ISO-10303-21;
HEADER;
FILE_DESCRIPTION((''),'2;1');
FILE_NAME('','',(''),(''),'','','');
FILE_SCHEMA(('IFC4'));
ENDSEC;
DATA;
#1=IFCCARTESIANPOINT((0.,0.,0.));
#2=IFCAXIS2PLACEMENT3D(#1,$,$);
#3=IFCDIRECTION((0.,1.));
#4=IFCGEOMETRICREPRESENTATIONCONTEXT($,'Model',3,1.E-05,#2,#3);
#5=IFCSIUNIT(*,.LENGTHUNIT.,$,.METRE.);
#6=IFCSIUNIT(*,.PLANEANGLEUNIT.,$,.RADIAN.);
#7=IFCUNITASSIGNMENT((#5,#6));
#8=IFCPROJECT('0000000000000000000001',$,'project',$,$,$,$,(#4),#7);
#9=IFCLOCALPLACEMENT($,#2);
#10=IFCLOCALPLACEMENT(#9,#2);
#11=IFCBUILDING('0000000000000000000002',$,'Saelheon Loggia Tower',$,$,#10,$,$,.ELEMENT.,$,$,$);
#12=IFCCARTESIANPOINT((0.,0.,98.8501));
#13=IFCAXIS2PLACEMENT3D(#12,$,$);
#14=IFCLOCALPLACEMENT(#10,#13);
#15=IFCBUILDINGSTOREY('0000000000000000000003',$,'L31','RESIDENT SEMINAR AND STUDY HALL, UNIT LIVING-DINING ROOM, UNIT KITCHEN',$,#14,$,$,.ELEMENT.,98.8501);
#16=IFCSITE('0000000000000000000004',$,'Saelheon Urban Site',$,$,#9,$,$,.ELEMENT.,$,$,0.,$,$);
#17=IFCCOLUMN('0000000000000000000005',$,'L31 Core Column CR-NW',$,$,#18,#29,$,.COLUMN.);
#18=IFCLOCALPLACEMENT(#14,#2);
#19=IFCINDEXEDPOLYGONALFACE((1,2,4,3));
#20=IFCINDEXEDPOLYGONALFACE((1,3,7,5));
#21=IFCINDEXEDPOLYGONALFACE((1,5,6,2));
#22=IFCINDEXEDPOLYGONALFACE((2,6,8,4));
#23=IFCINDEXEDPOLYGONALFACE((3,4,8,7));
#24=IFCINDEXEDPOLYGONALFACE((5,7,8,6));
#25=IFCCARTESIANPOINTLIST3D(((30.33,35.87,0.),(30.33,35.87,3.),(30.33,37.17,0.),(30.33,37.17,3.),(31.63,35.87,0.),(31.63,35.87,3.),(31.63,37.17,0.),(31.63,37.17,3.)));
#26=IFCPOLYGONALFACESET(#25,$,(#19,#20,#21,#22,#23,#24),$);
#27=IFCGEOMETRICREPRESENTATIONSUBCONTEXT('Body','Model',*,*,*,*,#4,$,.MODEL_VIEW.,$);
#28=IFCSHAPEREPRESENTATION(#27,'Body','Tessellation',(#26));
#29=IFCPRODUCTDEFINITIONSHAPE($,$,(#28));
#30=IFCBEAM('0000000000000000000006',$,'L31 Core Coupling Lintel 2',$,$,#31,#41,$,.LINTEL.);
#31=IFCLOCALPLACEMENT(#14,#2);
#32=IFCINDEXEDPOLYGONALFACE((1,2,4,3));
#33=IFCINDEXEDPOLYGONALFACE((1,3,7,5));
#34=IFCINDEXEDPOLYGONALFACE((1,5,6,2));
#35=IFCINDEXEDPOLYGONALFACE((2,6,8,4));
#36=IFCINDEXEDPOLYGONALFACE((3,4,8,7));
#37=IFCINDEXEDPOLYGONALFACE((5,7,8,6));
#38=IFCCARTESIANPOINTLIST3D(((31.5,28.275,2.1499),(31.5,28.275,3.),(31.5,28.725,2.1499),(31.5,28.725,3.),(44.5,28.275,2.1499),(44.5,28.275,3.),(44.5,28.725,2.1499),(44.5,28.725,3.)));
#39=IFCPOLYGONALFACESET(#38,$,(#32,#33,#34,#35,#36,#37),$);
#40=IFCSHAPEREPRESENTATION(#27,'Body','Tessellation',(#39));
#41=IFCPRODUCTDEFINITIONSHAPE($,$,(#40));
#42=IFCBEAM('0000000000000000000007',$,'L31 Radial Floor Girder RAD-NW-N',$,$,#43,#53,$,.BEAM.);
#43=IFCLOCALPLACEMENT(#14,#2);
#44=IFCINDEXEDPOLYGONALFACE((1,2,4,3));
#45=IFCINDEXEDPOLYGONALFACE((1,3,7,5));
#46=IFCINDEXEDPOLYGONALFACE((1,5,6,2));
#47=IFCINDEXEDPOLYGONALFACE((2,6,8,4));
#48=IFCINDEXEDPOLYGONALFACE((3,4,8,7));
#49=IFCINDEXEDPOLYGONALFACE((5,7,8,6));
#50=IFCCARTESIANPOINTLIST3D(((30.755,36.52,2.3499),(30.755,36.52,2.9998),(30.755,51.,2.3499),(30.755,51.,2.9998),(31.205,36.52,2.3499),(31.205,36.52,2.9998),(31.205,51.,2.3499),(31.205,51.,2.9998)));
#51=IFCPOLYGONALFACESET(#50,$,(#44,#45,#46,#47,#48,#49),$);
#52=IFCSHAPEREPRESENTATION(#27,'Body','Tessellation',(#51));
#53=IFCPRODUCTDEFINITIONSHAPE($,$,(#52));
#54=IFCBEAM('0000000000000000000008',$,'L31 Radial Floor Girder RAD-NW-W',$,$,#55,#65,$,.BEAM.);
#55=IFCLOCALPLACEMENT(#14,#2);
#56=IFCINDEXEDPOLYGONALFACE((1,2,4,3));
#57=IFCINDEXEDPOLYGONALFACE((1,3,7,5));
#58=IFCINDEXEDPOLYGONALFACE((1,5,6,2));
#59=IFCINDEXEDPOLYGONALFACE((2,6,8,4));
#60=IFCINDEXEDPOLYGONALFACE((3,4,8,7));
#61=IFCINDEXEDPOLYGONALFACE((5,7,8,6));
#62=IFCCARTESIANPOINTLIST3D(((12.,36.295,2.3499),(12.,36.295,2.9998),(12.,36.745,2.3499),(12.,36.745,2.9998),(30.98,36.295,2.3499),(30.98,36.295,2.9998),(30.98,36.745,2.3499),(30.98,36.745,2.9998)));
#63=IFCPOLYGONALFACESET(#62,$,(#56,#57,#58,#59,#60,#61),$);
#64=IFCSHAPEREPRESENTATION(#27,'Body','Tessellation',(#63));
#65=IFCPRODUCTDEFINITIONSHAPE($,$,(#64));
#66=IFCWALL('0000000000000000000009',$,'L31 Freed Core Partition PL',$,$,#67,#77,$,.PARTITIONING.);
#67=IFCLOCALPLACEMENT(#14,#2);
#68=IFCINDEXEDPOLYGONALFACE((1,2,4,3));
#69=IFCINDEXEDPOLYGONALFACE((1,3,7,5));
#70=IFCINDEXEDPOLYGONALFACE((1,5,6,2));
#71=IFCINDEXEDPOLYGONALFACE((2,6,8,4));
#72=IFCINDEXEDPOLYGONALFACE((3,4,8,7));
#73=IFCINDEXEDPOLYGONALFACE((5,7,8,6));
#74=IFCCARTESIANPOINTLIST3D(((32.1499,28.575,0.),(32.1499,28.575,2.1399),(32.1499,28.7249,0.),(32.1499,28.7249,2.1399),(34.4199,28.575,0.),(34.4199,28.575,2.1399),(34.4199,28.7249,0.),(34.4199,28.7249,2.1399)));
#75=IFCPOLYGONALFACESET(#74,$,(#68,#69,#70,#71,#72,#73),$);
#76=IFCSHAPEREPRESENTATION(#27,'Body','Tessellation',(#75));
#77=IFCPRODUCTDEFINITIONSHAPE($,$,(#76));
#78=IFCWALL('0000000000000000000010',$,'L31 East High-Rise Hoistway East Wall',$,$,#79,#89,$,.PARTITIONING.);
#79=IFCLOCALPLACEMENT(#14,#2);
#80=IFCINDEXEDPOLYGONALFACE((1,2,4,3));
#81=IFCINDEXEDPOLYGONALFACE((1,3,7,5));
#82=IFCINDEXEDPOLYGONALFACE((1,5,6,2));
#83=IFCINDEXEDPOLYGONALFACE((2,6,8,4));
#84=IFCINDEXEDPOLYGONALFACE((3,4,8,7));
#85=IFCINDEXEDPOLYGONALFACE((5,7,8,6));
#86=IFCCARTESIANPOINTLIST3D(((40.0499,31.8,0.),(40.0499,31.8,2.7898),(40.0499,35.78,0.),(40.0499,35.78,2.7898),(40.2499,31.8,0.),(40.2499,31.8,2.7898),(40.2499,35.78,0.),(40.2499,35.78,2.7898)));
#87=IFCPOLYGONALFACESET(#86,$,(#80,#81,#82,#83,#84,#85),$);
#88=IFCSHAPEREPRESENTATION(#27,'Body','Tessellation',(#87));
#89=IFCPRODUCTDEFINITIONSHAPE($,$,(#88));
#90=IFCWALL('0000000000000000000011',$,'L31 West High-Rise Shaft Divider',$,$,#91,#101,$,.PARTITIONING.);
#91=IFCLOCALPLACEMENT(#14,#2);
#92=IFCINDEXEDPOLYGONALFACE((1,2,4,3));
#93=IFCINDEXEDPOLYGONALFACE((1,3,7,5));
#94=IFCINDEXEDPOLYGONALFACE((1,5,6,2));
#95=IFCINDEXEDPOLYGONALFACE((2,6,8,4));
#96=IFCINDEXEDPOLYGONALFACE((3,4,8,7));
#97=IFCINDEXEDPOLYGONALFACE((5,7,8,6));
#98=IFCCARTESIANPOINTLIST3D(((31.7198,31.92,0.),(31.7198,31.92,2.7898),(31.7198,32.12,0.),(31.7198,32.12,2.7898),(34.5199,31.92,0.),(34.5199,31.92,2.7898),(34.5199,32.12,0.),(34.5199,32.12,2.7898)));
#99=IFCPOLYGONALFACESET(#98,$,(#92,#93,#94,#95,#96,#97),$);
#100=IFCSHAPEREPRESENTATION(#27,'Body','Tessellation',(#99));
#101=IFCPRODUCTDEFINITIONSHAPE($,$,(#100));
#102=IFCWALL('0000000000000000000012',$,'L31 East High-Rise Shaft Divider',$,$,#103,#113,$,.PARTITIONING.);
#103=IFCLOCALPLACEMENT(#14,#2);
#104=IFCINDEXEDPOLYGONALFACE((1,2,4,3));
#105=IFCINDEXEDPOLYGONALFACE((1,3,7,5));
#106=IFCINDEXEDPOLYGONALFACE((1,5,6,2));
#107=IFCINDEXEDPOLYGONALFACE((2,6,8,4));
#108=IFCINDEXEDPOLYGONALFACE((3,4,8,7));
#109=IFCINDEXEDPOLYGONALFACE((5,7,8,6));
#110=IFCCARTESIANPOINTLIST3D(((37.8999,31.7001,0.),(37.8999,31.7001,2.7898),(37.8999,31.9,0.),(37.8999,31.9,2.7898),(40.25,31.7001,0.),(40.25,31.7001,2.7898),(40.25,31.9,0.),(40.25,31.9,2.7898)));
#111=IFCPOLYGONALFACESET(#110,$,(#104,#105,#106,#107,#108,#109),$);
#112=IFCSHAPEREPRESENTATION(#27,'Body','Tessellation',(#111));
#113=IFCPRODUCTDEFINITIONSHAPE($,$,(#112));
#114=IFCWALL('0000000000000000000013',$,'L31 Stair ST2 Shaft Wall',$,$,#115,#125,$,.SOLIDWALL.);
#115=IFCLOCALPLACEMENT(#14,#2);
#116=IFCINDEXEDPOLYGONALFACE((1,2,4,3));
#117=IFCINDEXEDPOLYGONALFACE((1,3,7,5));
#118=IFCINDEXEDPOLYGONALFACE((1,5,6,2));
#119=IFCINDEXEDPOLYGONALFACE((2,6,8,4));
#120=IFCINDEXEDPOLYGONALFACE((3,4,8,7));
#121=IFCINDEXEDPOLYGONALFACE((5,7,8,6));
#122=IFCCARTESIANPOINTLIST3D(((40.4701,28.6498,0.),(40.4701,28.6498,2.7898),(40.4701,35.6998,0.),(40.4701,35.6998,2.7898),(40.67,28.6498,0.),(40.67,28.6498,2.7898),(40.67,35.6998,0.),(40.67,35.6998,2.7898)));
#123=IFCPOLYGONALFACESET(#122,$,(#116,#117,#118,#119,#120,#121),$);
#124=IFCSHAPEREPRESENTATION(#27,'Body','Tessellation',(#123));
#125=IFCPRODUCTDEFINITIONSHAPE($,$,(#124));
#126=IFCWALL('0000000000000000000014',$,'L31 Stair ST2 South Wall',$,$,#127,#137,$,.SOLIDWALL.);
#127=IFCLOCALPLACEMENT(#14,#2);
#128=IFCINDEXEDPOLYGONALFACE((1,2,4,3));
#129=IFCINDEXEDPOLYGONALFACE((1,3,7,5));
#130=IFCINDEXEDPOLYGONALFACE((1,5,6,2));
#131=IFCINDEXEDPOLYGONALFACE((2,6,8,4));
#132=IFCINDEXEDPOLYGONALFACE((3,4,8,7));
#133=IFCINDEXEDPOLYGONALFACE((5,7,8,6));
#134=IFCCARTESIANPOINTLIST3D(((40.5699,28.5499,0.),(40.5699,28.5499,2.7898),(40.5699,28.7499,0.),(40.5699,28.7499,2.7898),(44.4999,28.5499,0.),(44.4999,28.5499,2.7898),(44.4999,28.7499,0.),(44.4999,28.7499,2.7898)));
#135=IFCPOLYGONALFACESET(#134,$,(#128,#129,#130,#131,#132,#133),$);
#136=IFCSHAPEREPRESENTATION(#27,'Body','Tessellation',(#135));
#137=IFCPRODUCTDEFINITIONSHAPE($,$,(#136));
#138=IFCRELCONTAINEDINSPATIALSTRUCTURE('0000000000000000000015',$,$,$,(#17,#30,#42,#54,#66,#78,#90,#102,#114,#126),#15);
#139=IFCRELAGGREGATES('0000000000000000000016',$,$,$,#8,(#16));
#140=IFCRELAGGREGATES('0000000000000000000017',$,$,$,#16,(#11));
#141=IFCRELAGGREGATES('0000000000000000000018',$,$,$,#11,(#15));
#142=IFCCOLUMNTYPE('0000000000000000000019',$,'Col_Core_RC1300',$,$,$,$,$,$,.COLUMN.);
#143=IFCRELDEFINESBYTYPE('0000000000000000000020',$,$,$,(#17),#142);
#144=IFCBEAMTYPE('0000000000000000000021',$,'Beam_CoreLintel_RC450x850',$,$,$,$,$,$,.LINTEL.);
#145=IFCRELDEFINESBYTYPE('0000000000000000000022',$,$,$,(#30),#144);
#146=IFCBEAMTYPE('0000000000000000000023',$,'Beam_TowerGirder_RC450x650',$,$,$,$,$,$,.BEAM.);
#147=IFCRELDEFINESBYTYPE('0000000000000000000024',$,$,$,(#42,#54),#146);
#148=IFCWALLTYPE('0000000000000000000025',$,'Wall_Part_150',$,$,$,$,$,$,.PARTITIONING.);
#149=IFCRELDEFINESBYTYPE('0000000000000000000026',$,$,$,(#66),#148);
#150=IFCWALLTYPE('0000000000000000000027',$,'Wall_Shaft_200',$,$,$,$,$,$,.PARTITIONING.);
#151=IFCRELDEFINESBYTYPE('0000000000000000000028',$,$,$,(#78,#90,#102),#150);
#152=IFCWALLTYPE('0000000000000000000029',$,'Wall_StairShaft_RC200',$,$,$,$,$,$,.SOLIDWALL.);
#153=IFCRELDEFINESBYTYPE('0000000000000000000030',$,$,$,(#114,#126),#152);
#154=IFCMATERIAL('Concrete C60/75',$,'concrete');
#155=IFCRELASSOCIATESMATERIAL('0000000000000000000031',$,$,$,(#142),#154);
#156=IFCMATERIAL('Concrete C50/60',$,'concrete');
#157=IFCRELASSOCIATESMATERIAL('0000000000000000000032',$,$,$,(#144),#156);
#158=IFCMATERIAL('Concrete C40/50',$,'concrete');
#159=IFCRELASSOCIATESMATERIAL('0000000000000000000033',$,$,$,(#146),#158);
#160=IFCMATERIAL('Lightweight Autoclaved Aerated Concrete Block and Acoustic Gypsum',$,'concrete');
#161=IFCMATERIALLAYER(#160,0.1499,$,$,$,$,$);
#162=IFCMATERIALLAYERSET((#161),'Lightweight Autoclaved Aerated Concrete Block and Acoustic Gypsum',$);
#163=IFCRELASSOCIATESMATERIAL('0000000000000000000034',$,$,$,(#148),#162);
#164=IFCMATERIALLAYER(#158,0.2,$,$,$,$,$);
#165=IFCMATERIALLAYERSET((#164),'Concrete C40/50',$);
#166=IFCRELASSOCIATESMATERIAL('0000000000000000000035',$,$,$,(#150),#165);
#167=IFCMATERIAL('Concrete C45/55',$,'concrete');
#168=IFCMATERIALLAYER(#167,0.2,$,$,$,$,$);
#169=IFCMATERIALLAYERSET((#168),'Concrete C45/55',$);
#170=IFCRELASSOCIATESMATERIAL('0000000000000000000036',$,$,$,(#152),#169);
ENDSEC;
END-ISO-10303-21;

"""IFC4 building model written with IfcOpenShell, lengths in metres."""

from ifc_helpers import new_model, si_unit, direction, frame, frame_2d, origin, origin_2d, place, context, subcontext, project, spatial, rectangle, extrude, source, transform, mapped, material, layer, layer_set, material_profile, profile_set, type_object, element, save


model = new_model("IFC4")

# Units and contexts
model_context = context("Model", 3, precision=1e-05, world=origin(), true_north=direction((0.0, 1.0)))
body_context = subcontext(model_context, "Body", "Model", "MODEL_VIEW")
ifc_project = project(units=[si_unit("LENGTHUNIT", "METRE"), si_unit("PLANEANGLEUNIT", "RADIAN")], contexts=[model_context])

# Site, building, storey
site_placement = place(None, origin())
site = spatial("IfcSite", under=ifc_project, at=site_placement, Name="Saelheon Urban Site", CompositionType="ELEMENT", RefElevation=0.0)
building_placement = place(site_placement, origin())
building = spatial("IfcBuilding", under=site, at=building_placement, Name="Saelheon Loggia Tower", CompositionType="ELEMENT")
storey_placement = place(building_placement, frame((0.0, 0.0, 98.8501)))
storey = spatial("IfcBuildingStorey", under=building, at=storey_placement, Name="L31", Description="RESIDENT SEMINAR AND STUDY HALL, UNIT LIVING-DINING ROOM, UNIT KITCHEN", CompositionType="ELEMENT", Elevation=98.8501)

# Column
ifc_material_1 = material(Name="Concrete C60/75", Category="concrete")
ifc_material_profile_1 = material_profile(ifc_material_1, rectangle(XDim=1.3, YDim=1.3, at=origin_2d()), Name="RC-1300x1300")
ifc_profile_set_1 = profile_set([ifc_material_profile_1], Name="Concrete C60/75")
column_type = type_object("IfcColumnType", Name="Col_Core_RC1300", PredefinedType="COLUMN", material=ifc_profile_set_1)
shared_shape_1 = source(origin(), body_context, "Body", "SweptSolid", [
    extrude(rectangle(XDim=1.3, YDim=1.3, at=origin_2d()), origin(), (0.0, 0.0, 1.0), 3.0),
])
column_placement = place(storey_placement, frame((30.98, 36.52, 0.0), z_axis=(0.0, 0.0, 1.0), x_axis=(1.0, 0.0, 0.0)))
element("IfcColumn", 1, at=column_placement, inside=storey, type_object=column_type, Name="L31 Core Column CR-NW", PredefinedType="COLUMN", context=body_context, shape_type="MappedRepresentation", body=[
    mapped(shared_shape_1, transform((0.0, 0.0, 0.0), scale=1.0)),
])

# Beams
ifc_material_2 = material(Name="Concrete C50/60", Category="concrete")
ifc_material_profile_2 = material_profile(ifc_material_2, rectangle(XDim=0.45, YDim=0.8501, at=origin_2d()), Name="RC-450x850")
ifc_profile_set_2 = profile_set([ifc_material_profile_2], Name="Concrete C50/60")
beam_type_1 = type_object("IfcBeamType", Name="Beam_CoreLintel_RC450x850", PredefinedType="LINTEL", material=ifc_profile_set_2)
shared_shape_2 = source(origin(), body_context, "Body", "SweptSolid", [
    extrude(rectangle(XDim=0.45, YDim=0.8501, at=origin_2d()), origin(), (0.0, 0.0, 1.0), 13.0),
])
beam_1_placement = place(storey_placement, frame((31.5, 28.5, 2.575), z_axis=(1.0, 0.0, 0.0), x_axis=(0.0, 1.0, 0.0)))
element("IfcBeam", 2, at=beam_1_placement, inside=storey, type_object=beam_type_1, Name="L31 Core Coupling Lintel 2", PredefinedType="LINTEL", context=body_context, shape_type="MappedRepresentation", body=[
    mapped(shared_shape_2, transform((0.0, 0.0, 0.0), scale=1.0)),
])
ifc_material_3 = material(Name="Concrete C40/50", Category="concrete")
ifc_material_profile_3 = material_profile(ifc_material_3, rectangle(XDim=0.45, YDim=0.6499, at=origin_2d()), Name="RC-450x650")
ifc_profile_set_3 = profile_set([ifc_material_profile_3], Name="Concrete C40/50")
beam_type_2 = type_object("IfcBeamType", Name="Beam_TowerGirder_RC450x650", PredefinedType="BEAM", material=ifc_profile_set_3)
shared_shape_3 = source(origin(), body_context, "Body", "SweptSolid", [
    extrude(rectangle(XDim=0.45, YDim=0.6499, at=origin_2d()), origin(), (0.0, 0.0, 1.0), 14.48),
])
beam_2_placement = place(storey_placement, frame((30.98, 36.52, 2.6748), z_axis=(0.0, 1.0, 0.0), x_axis=(-1.0, 0.0, 0.0)))
element("IfcBeam", 3, at=beam_2_placement, inside=storey, type_object=beam_type_2, Name="L31 Radial Floor Girder RAD-NW-N", PredefinedType="BEAM", context=body_context, shape_type="MappedRepresentation", body=[
    mapped(shared_shape_3, transform((0.0, 0.0, 0.0), scale=1.0)),
])
shared_shape_4 = source(origin(), body_context, "Body", "SweptSolid", [
    extrude(rectangle(XDim=0.45, YDim=0.6499, at=origin_2d()), origin(), (0.0, 0.0, 1.0), 18.98),
])
beam_3_placement = place(storey_placement, frame((30.98, 36.52, 2.6748), z_axis=(-1.0, 0.0, 0.0), x_axis=(0.0, -1.0, 0.0)))
element("IfcBeam", 4, at=beam_3_placement, inside=storey, type_object=beam_type_2, Name="L31 Radial Floor Girder RAD-NW-W", PredefinedType="BEAM", context=body_context, shape_type="MappedRepresentation", body=[
    mapped(shared_shape_4, transform((0.0, 0.0, 0.0), scale=1.0)),
])

# Walls
ifc_material_4 = material(Name="Lightweight Autoclaved Aerated Concrete Block and Acoustic Gypsum", Category="concrete")
ifc_layer_1 = layer(ifc_material_4, 0.1499)
ifc_layer_set_1 = layer_set([ifc_layer_1], Name="Lightweight Autoclaved Aerated Concrete Block and Acoustic Gypsum")
wall_type_1 = type_object("IfcWallType", Name="Wall_Part_150", PredefinedType="PARTITIONING", material=ifc_layer_set_1)
wall_1_placement = place(storey_placement, frame((32.1499, 28.6499, 0.0), z_axis=(0.0, 0.0, 1.0), x_axis=(1.0, 0.0, 0.0)))
element("IfcWall", 5, at=wall_1_placement, inside=storey, type_object=wall_type_1, Name="L31 Freed Core Partition PL", PredefinedType="PARTITIONING", context=body_context, shape_type="SweptSolid", body=[
    extrude(rectangle(XDim=2.27, YDim=0.1499, at=frame_2d((1.135, 0.0))), origin(), (0.0, 0.0, 1.0), 2.1399),
])
ifc_layer_2 = layer(ifc_material_3, 0.2)
ifc_layer_set_2 = layer_set([ifc_layer_2], Name="Concrete C40/50")
wall_type_2 = type_object("IfcWallType", Name="Wall_Shaft_200", PredefinedType="PARTITIONING", material=ifc_layer_set_2)
wall_2_placement = place(storey_placement, frame((40.1499, 31.8, 0.0), z_axis=(0.0, 0.0, 1.0), x_axis=(0.0, 1.0, 0.0)))
element("IfcWall", 6, at=wall_2_placement, inside=storey, type_object=wall_type_2, Name="L31 East High-Rise Hoistway East Wall", PredefinedType="PARTITIONING", context=body_context, shape_type="SweptSolid", body=[
    extrude(rectangle(XDim=3.98, YDim=0.2, at=frame_2d((1.99, 0.0))), origin(), (0.0, 0.0, 1.0), 2.7898),
])
wall_3_placement = place(storey_placement, frame((31.72, 32.02, 0.0), z_axis=(0.0, 0.0, 1.0), x_axis=(1.0, 0.0, 0.0)))
element("IfcWall", 7, at=wall_3_placement, inside=storey, type_object=wall_type_2, Name="L31 West High-Rise Shaft Divider", PredefinedType="PARTITIONING", context=body_context, shape_type="SweptSolid", body=[
    extrude(rectangle(XDim=2.8, YDim=0.2, at=frame_2d((1.3999, 0.0))), origin(), (0.0, 0.0, 1.0), 2.7898),
])
wall_4_placement = place(storey_placement, frame((37.8999, 31.8, 0.0), z_axis=(0.0, 0.0, 1.0), x_axis=(1.0, 0.0, 0.0)))
element("IfcWall", 8, at=wall_4_placement, inside=storey, type_object=wall_type_2, Name="L31 East High-Rise Shaft Divider", PredefinedType="PARTITIONING", context=body_context, shape_type="SweptSolid", body=[
    extrude(rectangle(XDim=2.3501, YDim=0.2, at=frame_2d((1.175, 0.0))), origin(), (0.0, 0.0, 1.0), 2.7898),
])
ifc_material_5 = material(Name="Concrete C45/55", Category="concrete")
ifc_layer_3 = layer(ifc_material_5, 0.2)
ifc_layer_set_3 = layer_set([ifc_layer_3], Name="Concrete C45/55")
wall_type_3 = type_object("IfcWallType", Name="Wall_StairShaft_RC200", PredefinedType="SOLIDWALL", material=ifc_layer_set_3)
wall_5_placement = place(storey_placement, frame((40.5701, 28.6499, 0.0), z_axis=(0.0, 0.0, 1.0), x_axis=(0.0, 1.0, 0.0)))
element("IfcWall", 9, at=wall_5_placement, inside=storey, type_object=wall_type_3, Name="L31 Stair ST2 Shaft Wall", PredefinedType="SOLIDWALL", context=body_context, shape_type="SweptSolid", body=[
    extrude(rectangle(XDim=7.05, YDim=0.2, at=frame_2d((3.5249, 0.0))), origin(), (0.0, 0.0, 1.0), 2.7898),
])
wall_6_placement = place(storey_placement, frame((40.5701, 28.6499, 0.0), z_axis=(0.0, 0.0, 1.0), x_axis=(1.0, 0.0, 0.0)))
element("IfcWall", 10, at=wall_6_placement, inside=storey, type_object=wall_type_3, Name="L31 Stair ST2 South Wall", PredefinedType="SOLIDWALL", context=body_context, shape_type="SweptSolid", body=[
    extrude(rectangle(XDim=3.9299, YDim=0.2, at=frame_2d((1.9648, 0.0))), origin(), (0.0, 0.0, 1.0), 2.7898),
])

save(model, "model.ifc")
